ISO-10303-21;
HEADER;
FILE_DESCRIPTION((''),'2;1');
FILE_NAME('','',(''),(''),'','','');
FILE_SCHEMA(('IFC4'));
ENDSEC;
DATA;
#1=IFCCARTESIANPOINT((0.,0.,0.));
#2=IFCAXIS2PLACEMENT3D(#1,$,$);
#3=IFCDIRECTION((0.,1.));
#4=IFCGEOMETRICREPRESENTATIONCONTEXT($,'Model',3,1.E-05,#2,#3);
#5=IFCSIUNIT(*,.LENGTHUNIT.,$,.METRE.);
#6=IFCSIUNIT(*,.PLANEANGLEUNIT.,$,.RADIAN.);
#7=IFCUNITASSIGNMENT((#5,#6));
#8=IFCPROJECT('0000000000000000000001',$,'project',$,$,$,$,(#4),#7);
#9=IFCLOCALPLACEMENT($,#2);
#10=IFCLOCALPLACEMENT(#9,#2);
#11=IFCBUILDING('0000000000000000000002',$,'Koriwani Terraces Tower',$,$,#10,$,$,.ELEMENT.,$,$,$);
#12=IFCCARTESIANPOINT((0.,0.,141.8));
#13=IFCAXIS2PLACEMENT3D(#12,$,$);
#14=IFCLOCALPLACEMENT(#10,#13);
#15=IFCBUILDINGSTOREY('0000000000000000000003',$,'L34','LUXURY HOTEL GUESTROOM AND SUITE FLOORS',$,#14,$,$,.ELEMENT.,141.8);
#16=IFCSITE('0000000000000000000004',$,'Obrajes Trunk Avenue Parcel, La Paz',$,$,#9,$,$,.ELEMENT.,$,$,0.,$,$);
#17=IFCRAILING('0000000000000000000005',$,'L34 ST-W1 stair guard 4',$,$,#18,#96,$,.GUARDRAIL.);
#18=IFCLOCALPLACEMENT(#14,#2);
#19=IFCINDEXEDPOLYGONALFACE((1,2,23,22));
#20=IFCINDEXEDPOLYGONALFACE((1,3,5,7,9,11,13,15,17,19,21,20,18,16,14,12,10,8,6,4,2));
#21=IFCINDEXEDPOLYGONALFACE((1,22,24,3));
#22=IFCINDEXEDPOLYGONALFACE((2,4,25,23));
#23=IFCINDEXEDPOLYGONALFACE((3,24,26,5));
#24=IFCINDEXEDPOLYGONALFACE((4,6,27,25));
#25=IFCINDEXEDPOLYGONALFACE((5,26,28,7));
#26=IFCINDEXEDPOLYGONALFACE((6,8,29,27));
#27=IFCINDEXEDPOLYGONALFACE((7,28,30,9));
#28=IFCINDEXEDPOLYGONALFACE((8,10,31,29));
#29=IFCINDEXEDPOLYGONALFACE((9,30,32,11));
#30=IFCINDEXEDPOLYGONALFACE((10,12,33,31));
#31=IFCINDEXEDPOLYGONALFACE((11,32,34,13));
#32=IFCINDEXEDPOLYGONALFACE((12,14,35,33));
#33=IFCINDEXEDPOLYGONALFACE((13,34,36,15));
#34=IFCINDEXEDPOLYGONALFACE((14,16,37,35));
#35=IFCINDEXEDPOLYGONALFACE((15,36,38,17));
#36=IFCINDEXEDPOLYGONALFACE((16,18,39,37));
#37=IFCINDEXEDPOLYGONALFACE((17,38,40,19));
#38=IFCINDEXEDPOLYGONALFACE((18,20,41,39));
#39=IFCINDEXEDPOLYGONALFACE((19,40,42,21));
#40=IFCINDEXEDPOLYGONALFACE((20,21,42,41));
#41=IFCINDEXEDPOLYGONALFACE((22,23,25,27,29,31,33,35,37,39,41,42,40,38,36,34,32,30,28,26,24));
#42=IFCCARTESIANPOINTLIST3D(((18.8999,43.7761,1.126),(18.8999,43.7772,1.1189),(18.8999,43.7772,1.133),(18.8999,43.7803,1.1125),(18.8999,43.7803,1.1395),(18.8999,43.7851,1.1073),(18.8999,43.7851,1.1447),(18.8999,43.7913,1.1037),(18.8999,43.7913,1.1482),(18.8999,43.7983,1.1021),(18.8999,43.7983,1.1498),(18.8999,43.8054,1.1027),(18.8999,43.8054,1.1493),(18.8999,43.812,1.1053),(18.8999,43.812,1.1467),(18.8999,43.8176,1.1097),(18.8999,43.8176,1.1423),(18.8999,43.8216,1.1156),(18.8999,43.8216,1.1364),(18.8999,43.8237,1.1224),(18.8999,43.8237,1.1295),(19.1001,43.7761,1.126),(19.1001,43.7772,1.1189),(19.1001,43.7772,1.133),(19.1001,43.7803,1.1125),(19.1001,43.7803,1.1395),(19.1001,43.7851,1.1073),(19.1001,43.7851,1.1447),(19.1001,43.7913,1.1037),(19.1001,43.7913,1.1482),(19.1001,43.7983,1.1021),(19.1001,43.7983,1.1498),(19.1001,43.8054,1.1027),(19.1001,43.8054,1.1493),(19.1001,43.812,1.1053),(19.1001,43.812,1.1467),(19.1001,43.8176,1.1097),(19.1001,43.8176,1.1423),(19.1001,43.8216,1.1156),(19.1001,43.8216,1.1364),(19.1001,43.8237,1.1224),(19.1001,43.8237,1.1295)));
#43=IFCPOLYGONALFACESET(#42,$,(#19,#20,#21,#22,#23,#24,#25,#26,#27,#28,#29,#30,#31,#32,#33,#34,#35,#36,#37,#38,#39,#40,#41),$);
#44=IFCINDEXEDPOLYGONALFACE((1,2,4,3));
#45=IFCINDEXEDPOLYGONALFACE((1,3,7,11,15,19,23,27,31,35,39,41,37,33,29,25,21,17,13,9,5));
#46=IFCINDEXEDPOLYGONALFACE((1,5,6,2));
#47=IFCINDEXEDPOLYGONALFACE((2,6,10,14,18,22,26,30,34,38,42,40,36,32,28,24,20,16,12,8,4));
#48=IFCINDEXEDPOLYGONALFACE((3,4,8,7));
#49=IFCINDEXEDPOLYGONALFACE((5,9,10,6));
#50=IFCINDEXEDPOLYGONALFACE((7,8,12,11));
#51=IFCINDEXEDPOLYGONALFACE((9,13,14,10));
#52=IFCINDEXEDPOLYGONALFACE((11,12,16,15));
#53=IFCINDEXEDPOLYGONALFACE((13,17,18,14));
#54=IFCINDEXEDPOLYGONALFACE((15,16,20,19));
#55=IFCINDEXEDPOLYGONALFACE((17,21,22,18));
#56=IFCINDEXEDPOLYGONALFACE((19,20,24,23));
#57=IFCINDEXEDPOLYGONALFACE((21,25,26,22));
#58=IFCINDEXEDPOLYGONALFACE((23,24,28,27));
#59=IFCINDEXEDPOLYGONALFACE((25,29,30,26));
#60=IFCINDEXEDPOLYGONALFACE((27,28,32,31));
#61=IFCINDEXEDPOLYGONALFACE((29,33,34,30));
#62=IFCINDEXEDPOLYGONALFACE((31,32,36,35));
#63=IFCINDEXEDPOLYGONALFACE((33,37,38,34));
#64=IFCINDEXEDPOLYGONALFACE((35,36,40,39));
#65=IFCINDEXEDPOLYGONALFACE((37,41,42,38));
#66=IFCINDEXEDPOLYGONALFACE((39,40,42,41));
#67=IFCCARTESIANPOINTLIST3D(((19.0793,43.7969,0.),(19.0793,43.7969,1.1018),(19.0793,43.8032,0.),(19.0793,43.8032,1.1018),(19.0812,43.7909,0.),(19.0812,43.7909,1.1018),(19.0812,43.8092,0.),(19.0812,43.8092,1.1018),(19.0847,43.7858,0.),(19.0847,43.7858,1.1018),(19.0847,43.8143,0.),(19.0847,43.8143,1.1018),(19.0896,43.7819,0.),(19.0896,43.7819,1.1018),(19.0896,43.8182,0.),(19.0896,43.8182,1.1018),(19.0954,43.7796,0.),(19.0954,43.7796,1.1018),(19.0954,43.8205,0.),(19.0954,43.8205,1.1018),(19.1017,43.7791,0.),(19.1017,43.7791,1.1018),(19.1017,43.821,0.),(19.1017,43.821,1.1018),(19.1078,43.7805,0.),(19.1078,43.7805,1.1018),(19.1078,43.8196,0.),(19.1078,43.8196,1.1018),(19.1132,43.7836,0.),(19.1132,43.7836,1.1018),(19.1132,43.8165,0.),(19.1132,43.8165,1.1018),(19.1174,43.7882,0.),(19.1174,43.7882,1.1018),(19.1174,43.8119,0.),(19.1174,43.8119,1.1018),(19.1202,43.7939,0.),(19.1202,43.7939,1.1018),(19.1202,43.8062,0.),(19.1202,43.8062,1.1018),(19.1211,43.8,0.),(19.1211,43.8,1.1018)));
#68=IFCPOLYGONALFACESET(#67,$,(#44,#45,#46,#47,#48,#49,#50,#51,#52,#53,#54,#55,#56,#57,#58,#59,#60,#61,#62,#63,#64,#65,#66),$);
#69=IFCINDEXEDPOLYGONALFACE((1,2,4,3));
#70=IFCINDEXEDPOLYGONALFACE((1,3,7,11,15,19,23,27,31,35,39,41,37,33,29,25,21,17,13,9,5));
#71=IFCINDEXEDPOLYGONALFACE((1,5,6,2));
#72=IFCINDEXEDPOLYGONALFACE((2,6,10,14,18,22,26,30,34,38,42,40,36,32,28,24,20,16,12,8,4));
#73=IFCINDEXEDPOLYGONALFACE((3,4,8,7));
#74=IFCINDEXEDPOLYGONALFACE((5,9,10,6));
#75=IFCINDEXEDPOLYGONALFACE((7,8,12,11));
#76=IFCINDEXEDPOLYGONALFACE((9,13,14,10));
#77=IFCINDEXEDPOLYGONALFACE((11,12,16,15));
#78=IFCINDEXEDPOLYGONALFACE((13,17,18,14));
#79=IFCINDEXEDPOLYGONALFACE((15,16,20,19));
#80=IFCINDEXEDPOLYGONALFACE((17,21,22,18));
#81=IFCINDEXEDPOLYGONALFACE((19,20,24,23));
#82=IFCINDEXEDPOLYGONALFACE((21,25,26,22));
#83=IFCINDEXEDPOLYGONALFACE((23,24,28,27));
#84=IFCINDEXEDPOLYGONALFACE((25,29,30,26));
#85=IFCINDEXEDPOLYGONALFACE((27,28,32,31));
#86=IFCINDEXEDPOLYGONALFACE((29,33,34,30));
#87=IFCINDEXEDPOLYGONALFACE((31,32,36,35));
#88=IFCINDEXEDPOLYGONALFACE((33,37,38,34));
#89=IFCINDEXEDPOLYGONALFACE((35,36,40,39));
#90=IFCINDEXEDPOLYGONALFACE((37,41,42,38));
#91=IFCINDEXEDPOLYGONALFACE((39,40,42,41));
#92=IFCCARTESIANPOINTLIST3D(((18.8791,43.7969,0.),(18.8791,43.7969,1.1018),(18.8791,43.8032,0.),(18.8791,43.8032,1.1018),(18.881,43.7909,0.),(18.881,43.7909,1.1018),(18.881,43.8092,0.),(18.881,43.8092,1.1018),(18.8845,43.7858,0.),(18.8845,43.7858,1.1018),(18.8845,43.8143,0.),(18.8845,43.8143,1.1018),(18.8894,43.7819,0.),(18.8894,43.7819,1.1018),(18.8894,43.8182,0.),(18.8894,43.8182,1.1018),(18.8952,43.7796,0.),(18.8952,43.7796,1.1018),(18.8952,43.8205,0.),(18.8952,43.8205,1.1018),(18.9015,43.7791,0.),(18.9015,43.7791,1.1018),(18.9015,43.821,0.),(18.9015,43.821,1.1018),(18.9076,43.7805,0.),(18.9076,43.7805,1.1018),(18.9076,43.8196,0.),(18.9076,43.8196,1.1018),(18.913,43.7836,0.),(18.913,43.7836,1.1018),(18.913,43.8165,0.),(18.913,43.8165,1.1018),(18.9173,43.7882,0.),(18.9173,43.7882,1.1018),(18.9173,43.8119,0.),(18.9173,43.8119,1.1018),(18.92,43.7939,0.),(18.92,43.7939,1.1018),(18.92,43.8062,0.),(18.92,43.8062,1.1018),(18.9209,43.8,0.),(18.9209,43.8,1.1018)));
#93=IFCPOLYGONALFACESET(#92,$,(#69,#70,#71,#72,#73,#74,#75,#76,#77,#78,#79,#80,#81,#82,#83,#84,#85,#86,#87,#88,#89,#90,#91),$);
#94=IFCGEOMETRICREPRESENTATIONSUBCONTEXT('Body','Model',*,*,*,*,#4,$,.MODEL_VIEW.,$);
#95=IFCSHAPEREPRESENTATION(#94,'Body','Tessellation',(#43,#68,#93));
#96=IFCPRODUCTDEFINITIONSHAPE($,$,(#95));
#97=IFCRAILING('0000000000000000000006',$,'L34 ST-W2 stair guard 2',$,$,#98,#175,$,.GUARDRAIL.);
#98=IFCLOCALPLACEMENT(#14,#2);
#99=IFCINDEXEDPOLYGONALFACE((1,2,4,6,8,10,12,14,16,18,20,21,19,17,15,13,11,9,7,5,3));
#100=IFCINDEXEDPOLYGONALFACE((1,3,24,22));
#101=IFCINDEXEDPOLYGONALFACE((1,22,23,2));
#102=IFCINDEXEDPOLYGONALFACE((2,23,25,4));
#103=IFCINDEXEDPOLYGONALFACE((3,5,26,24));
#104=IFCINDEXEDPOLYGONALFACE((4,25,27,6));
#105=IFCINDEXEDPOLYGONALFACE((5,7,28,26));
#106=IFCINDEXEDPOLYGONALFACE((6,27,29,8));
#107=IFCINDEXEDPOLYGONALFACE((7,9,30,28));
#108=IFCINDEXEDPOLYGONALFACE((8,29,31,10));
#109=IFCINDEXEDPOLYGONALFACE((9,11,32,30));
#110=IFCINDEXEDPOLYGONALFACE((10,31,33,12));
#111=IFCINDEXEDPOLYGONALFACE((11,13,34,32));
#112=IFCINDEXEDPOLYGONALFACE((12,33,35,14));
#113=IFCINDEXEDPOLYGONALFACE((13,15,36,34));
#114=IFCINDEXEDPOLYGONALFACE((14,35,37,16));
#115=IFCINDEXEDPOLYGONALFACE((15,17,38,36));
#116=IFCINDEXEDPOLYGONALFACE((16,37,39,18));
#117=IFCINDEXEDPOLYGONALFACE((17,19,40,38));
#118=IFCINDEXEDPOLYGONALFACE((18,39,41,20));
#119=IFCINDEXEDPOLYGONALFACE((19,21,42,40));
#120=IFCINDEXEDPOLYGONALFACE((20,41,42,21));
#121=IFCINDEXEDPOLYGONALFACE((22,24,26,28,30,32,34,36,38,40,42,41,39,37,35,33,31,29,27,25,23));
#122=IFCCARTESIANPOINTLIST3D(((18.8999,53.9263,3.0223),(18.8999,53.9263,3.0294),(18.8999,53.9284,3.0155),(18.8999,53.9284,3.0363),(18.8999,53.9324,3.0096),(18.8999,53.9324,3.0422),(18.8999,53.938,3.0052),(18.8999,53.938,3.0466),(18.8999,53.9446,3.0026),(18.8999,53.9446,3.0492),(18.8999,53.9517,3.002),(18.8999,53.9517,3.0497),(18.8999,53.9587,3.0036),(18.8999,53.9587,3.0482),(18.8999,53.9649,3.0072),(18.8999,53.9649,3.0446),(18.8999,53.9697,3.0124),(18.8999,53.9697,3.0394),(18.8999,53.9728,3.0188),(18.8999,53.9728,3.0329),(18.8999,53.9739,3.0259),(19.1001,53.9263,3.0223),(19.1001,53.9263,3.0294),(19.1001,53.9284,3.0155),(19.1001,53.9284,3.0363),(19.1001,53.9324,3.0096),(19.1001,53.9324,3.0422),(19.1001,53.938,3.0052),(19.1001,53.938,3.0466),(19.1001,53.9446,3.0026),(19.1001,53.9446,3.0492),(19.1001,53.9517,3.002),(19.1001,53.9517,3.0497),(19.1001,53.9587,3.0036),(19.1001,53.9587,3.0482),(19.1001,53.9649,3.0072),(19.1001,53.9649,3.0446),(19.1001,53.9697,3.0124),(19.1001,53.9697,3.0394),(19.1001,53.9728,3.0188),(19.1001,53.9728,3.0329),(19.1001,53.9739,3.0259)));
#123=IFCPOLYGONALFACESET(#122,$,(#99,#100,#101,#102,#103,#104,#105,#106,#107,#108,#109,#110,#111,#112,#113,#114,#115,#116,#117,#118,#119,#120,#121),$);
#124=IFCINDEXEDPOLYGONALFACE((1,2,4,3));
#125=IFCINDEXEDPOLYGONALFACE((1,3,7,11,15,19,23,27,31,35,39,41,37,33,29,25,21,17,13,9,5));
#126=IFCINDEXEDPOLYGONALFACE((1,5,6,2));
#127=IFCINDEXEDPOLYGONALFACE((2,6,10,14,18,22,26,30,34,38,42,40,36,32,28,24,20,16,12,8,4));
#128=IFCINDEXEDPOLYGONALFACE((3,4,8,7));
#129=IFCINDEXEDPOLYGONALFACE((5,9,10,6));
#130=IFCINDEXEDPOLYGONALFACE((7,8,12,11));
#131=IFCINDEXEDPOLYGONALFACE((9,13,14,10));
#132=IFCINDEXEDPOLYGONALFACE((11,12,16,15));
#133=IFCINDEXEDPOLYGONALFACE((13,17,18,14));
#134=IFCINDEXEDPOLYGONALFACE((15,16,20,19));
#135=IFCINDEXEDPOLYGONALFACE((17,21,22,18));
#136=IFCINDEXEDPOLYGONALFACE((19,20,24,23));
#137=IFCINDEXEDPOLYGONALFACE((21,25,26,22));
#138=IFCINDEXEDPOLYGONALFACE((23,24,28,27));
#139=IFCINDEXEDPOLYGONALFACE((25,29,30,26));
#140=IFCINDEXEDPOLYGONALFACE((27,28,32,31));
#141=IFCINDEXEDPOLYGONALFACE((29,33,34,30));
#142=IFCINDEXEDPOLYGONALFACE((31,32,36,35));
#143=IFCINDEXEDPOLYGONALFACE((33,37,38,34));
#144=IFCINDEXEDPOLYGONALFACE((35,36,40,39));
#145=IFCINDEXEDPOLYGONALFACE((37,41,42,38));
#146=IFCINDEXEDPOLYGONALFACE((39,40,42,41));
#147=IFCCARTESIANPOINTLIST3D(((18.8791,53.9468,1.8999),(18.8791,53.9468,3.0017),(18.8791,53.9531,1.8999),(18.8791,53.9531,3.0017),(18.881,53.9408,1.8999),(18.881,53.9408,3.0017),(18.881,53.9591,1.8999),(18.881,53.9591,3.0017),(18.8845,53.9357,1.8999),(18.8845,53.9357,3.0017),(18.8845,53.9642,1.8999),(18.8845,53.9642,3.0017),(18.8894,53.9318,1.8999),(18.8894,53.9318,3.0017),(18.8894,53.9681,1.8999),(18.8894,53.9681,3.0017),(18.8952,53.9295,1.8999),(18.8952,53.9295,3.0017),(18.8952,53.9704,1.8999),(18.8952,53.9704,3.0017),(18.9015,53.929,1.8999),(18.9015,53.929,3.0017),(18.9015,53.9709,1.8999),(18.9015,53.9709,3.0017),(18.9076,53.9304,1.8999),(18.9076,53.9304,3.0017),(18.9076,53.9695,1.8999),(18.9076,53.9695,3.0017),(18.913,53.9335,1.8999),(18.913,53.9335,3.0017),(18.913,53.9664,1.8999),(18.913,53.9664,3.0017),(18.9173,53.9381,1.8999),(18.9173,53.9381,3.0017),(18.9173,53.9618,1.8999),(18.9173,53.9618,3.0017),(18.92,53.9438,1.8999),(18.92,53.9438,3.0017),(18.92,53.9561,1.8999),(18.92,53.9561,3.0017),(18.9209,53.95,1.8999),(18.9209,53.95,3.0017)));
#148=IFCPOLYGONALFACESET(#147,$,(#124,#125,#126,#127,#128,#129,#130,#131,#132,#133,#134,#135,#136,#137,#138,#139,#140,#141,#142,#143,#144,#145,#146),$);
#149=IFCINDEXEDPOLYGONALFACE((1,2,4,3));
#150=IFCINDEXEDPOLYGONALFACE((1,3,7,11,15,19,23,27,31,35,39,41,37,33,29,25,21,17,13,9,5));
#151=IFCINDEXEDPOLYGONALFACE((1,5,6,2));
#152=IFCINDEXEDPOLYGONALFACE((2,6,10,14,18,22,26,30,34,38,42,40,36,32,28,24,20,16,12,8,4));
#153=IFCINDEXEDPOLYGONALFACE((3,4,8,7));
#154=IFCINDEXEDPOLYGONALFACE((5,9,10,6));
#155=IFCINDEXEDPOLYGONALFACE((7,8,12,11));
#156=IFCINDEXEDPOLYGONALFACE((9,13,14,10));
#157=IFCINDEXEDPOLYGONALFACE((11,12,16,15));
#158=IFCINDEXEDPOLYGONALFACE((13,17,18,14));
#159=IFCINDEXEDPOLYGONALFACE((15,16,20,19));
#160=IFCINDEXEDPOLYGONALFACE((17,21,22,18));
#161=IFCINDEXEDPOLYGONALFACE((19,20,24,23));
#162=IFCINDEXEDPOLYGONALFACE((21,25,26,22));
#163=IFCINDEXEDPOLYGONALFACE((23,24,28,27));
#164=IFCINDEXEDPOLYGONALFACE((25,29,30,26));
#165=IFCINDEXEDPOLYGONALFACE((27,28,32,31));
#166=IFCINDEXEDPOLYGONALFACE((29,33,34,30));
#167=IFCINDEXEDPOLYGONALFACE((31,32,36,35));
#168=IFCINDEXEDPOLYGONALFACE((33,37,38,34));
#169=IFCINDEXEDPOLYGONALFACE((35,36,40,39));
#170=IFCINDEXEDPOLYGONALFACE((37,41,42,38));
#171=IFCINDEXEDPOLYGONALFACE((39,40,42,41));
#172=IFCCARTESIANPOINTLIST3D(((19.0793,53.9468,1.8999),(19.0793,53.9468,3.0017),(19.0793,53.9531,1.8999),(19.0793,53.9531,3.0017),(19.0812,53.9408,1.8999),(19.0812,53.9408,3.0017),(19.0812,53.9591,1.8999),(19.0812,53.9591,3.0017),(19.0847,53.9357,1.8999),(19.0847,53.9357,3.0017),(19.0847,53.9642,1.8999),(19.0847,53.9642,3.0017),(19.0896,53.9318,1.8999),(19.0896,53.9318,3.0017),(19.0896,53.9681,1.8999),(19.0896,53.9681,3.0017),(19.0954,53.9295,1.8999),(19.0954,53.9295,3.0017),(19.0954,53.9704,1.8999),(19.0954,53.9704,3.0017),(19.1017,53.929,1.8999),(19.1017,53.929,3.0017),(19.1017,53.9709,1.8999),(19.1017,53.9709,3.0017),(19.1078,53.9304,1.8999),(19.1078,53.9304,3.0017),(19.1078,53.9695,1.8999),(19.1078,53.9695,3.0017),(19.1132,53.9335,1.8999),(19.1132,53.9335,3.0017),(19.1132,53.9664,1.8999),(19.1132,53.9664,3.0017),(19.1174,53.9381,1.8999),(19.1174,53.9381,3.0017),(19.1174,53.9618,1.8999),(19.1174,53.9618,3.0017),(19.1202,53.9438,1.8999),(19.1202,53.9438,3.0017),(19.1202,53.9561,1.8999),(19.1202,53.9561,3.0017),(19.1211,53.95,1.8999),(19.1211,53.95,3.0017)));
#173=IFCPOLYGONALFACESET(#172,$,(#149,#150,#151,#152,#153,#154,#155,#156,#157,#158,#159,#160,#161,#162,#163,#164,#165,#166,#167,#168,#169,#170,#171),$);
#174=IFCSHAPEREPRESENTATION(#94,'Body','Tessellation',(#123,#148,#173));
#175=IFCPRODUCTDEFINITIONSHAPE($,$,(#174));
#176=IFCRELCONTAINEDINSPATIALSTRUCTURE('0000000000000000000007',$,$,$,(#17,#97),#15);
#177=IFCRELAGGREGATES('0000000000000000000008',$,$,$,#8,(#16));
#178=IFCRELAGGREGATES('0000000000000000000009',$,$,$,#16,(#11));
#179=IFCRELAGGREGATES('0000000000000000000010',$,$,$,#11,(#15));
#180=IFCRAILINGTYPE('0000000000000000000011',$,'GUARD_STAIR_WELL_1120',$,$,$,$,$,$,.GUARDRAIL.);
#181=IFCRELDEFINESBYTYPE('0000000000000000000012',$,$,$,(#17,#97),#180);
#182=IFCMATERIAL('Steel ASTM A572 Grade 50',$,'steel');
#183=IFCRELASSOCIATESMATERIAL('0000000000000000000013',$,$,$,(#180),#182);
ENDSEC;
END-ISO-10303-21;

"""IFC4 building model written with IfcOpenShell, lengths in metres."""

from ifc_helpers import new_model, si_unit, direction, frame, origin, origin_2d, place, context, subcontext, project, spatial, circle, extrude, material, type_object, element, save


model = new_model("IFC4")

# Units and contexts
model_context = context("Model", 3, precision=1e-05, world=origin(), true_north=direction((0.0, 1.0)))
body_context = subcontext(model_context, "Body", "Model", "MODEL_VIEW")
ifc_project = project(units=[si_unit("LENGTHUNIT", "METRE"), si_unit("PLANEANGLEUNIT", "RADIAN")], contexts=[model_context])

# Site, building, storey
site_placement = place(None, origin())
site = spatial("IfcSite", under=ifc_project, at=site_placement, Name="Obrajes Trunk Avenue Parcel, La Paz", CompositionType="ELEMENT", RefElevation=0.0)
building_placement = place(site_placement, origin())
building = spatial("IfcBuilding", under=site, at=building_placement, Name="Koriwani Terraces Tower", CompositionType="ELEMENT")
storey_placement = place(building_placement, frame((0.0, 0.0, 141.8)))
storey = spatial("IfcBuildingStorey", under=building, at=storey_placement, Name="L34", Description="LUXURY HOTEL GUESTROOM AND SUITE FLOORS", CompositionType="ELEMENT", Elevation=141.8)

# Shared definitions
ifc_material_1 = material(Name="Steel ASTM A572 Grade 50", Category="steel")

# Railings
railing_type_1 = type_object("IfcRailingType", Name="GUARD_STAIR_WELL_1120", PredefinedType="GUARDRAIL", material=ifc_material_1)
railing_1_placement = place(storey_placement, frame((19.1001, 43.8, 0.0)))
element("IfcRailing", 1, at=railing_1_placement, inside=storey, type_object=railing_type_1, Name="L34 ST-W1 stair guard 4", PredefinedType="GUARDRAIL", context=body_context, shape_type="SweptSolid", body=[
    extrude(circle(Radius=0.0239, at=origin_2d()), frame((0.0, 0.0, 1.126), z_axis=(-1.0, 0.0, 0.0), x_axis=(0.0, -1.0, 0.0)), (0.0, 0.0, 1.0), 0.2002),
    extrude(circle(Radius=0.021, at=origin_2d()), origin(), (0.0, 0.0, 1.0), 1.1018),
    extrude(circle(Radius=0.021, at=origin_2d()), frame((-0.2002, 0.0, 0.0)), (0.0, 0.0, 1.0), 1.1018),
])
railing_2_placement = place(storey_placement, frame((18.8999, 53.95, 1.8999)))
element("IfcRailing", 2, at=railing_2_placement, inside=storey, type_object=railing_type_1, Name="L34 ST-W2 stair guard 2", PredefinedType="GUARDRAIL", context=body_context, shape_type="SweptSolid", body=[
    extrude(circle(Radius=0.0239, at=origin_2d()), frame((0.0, 0.0, 1.126), z_axis=(1.0, 0.0, 0.0), x_axis=(0.0, 1.0, 0.0)), (0.0, 0.0, 1.0), 0.2002),
    extrude(circle(Radius=0.021, at=origin_2d()), origin(), (0.0, 0.0, 1.0), 1.1018),
    extrude(circle(Radius=0.021, at=origin_2d()), frame((0.2002, 0.0, 0.0)), (0.0, 0.0, 1.0), 1.1018),
])

save(model, "model.ifc")
